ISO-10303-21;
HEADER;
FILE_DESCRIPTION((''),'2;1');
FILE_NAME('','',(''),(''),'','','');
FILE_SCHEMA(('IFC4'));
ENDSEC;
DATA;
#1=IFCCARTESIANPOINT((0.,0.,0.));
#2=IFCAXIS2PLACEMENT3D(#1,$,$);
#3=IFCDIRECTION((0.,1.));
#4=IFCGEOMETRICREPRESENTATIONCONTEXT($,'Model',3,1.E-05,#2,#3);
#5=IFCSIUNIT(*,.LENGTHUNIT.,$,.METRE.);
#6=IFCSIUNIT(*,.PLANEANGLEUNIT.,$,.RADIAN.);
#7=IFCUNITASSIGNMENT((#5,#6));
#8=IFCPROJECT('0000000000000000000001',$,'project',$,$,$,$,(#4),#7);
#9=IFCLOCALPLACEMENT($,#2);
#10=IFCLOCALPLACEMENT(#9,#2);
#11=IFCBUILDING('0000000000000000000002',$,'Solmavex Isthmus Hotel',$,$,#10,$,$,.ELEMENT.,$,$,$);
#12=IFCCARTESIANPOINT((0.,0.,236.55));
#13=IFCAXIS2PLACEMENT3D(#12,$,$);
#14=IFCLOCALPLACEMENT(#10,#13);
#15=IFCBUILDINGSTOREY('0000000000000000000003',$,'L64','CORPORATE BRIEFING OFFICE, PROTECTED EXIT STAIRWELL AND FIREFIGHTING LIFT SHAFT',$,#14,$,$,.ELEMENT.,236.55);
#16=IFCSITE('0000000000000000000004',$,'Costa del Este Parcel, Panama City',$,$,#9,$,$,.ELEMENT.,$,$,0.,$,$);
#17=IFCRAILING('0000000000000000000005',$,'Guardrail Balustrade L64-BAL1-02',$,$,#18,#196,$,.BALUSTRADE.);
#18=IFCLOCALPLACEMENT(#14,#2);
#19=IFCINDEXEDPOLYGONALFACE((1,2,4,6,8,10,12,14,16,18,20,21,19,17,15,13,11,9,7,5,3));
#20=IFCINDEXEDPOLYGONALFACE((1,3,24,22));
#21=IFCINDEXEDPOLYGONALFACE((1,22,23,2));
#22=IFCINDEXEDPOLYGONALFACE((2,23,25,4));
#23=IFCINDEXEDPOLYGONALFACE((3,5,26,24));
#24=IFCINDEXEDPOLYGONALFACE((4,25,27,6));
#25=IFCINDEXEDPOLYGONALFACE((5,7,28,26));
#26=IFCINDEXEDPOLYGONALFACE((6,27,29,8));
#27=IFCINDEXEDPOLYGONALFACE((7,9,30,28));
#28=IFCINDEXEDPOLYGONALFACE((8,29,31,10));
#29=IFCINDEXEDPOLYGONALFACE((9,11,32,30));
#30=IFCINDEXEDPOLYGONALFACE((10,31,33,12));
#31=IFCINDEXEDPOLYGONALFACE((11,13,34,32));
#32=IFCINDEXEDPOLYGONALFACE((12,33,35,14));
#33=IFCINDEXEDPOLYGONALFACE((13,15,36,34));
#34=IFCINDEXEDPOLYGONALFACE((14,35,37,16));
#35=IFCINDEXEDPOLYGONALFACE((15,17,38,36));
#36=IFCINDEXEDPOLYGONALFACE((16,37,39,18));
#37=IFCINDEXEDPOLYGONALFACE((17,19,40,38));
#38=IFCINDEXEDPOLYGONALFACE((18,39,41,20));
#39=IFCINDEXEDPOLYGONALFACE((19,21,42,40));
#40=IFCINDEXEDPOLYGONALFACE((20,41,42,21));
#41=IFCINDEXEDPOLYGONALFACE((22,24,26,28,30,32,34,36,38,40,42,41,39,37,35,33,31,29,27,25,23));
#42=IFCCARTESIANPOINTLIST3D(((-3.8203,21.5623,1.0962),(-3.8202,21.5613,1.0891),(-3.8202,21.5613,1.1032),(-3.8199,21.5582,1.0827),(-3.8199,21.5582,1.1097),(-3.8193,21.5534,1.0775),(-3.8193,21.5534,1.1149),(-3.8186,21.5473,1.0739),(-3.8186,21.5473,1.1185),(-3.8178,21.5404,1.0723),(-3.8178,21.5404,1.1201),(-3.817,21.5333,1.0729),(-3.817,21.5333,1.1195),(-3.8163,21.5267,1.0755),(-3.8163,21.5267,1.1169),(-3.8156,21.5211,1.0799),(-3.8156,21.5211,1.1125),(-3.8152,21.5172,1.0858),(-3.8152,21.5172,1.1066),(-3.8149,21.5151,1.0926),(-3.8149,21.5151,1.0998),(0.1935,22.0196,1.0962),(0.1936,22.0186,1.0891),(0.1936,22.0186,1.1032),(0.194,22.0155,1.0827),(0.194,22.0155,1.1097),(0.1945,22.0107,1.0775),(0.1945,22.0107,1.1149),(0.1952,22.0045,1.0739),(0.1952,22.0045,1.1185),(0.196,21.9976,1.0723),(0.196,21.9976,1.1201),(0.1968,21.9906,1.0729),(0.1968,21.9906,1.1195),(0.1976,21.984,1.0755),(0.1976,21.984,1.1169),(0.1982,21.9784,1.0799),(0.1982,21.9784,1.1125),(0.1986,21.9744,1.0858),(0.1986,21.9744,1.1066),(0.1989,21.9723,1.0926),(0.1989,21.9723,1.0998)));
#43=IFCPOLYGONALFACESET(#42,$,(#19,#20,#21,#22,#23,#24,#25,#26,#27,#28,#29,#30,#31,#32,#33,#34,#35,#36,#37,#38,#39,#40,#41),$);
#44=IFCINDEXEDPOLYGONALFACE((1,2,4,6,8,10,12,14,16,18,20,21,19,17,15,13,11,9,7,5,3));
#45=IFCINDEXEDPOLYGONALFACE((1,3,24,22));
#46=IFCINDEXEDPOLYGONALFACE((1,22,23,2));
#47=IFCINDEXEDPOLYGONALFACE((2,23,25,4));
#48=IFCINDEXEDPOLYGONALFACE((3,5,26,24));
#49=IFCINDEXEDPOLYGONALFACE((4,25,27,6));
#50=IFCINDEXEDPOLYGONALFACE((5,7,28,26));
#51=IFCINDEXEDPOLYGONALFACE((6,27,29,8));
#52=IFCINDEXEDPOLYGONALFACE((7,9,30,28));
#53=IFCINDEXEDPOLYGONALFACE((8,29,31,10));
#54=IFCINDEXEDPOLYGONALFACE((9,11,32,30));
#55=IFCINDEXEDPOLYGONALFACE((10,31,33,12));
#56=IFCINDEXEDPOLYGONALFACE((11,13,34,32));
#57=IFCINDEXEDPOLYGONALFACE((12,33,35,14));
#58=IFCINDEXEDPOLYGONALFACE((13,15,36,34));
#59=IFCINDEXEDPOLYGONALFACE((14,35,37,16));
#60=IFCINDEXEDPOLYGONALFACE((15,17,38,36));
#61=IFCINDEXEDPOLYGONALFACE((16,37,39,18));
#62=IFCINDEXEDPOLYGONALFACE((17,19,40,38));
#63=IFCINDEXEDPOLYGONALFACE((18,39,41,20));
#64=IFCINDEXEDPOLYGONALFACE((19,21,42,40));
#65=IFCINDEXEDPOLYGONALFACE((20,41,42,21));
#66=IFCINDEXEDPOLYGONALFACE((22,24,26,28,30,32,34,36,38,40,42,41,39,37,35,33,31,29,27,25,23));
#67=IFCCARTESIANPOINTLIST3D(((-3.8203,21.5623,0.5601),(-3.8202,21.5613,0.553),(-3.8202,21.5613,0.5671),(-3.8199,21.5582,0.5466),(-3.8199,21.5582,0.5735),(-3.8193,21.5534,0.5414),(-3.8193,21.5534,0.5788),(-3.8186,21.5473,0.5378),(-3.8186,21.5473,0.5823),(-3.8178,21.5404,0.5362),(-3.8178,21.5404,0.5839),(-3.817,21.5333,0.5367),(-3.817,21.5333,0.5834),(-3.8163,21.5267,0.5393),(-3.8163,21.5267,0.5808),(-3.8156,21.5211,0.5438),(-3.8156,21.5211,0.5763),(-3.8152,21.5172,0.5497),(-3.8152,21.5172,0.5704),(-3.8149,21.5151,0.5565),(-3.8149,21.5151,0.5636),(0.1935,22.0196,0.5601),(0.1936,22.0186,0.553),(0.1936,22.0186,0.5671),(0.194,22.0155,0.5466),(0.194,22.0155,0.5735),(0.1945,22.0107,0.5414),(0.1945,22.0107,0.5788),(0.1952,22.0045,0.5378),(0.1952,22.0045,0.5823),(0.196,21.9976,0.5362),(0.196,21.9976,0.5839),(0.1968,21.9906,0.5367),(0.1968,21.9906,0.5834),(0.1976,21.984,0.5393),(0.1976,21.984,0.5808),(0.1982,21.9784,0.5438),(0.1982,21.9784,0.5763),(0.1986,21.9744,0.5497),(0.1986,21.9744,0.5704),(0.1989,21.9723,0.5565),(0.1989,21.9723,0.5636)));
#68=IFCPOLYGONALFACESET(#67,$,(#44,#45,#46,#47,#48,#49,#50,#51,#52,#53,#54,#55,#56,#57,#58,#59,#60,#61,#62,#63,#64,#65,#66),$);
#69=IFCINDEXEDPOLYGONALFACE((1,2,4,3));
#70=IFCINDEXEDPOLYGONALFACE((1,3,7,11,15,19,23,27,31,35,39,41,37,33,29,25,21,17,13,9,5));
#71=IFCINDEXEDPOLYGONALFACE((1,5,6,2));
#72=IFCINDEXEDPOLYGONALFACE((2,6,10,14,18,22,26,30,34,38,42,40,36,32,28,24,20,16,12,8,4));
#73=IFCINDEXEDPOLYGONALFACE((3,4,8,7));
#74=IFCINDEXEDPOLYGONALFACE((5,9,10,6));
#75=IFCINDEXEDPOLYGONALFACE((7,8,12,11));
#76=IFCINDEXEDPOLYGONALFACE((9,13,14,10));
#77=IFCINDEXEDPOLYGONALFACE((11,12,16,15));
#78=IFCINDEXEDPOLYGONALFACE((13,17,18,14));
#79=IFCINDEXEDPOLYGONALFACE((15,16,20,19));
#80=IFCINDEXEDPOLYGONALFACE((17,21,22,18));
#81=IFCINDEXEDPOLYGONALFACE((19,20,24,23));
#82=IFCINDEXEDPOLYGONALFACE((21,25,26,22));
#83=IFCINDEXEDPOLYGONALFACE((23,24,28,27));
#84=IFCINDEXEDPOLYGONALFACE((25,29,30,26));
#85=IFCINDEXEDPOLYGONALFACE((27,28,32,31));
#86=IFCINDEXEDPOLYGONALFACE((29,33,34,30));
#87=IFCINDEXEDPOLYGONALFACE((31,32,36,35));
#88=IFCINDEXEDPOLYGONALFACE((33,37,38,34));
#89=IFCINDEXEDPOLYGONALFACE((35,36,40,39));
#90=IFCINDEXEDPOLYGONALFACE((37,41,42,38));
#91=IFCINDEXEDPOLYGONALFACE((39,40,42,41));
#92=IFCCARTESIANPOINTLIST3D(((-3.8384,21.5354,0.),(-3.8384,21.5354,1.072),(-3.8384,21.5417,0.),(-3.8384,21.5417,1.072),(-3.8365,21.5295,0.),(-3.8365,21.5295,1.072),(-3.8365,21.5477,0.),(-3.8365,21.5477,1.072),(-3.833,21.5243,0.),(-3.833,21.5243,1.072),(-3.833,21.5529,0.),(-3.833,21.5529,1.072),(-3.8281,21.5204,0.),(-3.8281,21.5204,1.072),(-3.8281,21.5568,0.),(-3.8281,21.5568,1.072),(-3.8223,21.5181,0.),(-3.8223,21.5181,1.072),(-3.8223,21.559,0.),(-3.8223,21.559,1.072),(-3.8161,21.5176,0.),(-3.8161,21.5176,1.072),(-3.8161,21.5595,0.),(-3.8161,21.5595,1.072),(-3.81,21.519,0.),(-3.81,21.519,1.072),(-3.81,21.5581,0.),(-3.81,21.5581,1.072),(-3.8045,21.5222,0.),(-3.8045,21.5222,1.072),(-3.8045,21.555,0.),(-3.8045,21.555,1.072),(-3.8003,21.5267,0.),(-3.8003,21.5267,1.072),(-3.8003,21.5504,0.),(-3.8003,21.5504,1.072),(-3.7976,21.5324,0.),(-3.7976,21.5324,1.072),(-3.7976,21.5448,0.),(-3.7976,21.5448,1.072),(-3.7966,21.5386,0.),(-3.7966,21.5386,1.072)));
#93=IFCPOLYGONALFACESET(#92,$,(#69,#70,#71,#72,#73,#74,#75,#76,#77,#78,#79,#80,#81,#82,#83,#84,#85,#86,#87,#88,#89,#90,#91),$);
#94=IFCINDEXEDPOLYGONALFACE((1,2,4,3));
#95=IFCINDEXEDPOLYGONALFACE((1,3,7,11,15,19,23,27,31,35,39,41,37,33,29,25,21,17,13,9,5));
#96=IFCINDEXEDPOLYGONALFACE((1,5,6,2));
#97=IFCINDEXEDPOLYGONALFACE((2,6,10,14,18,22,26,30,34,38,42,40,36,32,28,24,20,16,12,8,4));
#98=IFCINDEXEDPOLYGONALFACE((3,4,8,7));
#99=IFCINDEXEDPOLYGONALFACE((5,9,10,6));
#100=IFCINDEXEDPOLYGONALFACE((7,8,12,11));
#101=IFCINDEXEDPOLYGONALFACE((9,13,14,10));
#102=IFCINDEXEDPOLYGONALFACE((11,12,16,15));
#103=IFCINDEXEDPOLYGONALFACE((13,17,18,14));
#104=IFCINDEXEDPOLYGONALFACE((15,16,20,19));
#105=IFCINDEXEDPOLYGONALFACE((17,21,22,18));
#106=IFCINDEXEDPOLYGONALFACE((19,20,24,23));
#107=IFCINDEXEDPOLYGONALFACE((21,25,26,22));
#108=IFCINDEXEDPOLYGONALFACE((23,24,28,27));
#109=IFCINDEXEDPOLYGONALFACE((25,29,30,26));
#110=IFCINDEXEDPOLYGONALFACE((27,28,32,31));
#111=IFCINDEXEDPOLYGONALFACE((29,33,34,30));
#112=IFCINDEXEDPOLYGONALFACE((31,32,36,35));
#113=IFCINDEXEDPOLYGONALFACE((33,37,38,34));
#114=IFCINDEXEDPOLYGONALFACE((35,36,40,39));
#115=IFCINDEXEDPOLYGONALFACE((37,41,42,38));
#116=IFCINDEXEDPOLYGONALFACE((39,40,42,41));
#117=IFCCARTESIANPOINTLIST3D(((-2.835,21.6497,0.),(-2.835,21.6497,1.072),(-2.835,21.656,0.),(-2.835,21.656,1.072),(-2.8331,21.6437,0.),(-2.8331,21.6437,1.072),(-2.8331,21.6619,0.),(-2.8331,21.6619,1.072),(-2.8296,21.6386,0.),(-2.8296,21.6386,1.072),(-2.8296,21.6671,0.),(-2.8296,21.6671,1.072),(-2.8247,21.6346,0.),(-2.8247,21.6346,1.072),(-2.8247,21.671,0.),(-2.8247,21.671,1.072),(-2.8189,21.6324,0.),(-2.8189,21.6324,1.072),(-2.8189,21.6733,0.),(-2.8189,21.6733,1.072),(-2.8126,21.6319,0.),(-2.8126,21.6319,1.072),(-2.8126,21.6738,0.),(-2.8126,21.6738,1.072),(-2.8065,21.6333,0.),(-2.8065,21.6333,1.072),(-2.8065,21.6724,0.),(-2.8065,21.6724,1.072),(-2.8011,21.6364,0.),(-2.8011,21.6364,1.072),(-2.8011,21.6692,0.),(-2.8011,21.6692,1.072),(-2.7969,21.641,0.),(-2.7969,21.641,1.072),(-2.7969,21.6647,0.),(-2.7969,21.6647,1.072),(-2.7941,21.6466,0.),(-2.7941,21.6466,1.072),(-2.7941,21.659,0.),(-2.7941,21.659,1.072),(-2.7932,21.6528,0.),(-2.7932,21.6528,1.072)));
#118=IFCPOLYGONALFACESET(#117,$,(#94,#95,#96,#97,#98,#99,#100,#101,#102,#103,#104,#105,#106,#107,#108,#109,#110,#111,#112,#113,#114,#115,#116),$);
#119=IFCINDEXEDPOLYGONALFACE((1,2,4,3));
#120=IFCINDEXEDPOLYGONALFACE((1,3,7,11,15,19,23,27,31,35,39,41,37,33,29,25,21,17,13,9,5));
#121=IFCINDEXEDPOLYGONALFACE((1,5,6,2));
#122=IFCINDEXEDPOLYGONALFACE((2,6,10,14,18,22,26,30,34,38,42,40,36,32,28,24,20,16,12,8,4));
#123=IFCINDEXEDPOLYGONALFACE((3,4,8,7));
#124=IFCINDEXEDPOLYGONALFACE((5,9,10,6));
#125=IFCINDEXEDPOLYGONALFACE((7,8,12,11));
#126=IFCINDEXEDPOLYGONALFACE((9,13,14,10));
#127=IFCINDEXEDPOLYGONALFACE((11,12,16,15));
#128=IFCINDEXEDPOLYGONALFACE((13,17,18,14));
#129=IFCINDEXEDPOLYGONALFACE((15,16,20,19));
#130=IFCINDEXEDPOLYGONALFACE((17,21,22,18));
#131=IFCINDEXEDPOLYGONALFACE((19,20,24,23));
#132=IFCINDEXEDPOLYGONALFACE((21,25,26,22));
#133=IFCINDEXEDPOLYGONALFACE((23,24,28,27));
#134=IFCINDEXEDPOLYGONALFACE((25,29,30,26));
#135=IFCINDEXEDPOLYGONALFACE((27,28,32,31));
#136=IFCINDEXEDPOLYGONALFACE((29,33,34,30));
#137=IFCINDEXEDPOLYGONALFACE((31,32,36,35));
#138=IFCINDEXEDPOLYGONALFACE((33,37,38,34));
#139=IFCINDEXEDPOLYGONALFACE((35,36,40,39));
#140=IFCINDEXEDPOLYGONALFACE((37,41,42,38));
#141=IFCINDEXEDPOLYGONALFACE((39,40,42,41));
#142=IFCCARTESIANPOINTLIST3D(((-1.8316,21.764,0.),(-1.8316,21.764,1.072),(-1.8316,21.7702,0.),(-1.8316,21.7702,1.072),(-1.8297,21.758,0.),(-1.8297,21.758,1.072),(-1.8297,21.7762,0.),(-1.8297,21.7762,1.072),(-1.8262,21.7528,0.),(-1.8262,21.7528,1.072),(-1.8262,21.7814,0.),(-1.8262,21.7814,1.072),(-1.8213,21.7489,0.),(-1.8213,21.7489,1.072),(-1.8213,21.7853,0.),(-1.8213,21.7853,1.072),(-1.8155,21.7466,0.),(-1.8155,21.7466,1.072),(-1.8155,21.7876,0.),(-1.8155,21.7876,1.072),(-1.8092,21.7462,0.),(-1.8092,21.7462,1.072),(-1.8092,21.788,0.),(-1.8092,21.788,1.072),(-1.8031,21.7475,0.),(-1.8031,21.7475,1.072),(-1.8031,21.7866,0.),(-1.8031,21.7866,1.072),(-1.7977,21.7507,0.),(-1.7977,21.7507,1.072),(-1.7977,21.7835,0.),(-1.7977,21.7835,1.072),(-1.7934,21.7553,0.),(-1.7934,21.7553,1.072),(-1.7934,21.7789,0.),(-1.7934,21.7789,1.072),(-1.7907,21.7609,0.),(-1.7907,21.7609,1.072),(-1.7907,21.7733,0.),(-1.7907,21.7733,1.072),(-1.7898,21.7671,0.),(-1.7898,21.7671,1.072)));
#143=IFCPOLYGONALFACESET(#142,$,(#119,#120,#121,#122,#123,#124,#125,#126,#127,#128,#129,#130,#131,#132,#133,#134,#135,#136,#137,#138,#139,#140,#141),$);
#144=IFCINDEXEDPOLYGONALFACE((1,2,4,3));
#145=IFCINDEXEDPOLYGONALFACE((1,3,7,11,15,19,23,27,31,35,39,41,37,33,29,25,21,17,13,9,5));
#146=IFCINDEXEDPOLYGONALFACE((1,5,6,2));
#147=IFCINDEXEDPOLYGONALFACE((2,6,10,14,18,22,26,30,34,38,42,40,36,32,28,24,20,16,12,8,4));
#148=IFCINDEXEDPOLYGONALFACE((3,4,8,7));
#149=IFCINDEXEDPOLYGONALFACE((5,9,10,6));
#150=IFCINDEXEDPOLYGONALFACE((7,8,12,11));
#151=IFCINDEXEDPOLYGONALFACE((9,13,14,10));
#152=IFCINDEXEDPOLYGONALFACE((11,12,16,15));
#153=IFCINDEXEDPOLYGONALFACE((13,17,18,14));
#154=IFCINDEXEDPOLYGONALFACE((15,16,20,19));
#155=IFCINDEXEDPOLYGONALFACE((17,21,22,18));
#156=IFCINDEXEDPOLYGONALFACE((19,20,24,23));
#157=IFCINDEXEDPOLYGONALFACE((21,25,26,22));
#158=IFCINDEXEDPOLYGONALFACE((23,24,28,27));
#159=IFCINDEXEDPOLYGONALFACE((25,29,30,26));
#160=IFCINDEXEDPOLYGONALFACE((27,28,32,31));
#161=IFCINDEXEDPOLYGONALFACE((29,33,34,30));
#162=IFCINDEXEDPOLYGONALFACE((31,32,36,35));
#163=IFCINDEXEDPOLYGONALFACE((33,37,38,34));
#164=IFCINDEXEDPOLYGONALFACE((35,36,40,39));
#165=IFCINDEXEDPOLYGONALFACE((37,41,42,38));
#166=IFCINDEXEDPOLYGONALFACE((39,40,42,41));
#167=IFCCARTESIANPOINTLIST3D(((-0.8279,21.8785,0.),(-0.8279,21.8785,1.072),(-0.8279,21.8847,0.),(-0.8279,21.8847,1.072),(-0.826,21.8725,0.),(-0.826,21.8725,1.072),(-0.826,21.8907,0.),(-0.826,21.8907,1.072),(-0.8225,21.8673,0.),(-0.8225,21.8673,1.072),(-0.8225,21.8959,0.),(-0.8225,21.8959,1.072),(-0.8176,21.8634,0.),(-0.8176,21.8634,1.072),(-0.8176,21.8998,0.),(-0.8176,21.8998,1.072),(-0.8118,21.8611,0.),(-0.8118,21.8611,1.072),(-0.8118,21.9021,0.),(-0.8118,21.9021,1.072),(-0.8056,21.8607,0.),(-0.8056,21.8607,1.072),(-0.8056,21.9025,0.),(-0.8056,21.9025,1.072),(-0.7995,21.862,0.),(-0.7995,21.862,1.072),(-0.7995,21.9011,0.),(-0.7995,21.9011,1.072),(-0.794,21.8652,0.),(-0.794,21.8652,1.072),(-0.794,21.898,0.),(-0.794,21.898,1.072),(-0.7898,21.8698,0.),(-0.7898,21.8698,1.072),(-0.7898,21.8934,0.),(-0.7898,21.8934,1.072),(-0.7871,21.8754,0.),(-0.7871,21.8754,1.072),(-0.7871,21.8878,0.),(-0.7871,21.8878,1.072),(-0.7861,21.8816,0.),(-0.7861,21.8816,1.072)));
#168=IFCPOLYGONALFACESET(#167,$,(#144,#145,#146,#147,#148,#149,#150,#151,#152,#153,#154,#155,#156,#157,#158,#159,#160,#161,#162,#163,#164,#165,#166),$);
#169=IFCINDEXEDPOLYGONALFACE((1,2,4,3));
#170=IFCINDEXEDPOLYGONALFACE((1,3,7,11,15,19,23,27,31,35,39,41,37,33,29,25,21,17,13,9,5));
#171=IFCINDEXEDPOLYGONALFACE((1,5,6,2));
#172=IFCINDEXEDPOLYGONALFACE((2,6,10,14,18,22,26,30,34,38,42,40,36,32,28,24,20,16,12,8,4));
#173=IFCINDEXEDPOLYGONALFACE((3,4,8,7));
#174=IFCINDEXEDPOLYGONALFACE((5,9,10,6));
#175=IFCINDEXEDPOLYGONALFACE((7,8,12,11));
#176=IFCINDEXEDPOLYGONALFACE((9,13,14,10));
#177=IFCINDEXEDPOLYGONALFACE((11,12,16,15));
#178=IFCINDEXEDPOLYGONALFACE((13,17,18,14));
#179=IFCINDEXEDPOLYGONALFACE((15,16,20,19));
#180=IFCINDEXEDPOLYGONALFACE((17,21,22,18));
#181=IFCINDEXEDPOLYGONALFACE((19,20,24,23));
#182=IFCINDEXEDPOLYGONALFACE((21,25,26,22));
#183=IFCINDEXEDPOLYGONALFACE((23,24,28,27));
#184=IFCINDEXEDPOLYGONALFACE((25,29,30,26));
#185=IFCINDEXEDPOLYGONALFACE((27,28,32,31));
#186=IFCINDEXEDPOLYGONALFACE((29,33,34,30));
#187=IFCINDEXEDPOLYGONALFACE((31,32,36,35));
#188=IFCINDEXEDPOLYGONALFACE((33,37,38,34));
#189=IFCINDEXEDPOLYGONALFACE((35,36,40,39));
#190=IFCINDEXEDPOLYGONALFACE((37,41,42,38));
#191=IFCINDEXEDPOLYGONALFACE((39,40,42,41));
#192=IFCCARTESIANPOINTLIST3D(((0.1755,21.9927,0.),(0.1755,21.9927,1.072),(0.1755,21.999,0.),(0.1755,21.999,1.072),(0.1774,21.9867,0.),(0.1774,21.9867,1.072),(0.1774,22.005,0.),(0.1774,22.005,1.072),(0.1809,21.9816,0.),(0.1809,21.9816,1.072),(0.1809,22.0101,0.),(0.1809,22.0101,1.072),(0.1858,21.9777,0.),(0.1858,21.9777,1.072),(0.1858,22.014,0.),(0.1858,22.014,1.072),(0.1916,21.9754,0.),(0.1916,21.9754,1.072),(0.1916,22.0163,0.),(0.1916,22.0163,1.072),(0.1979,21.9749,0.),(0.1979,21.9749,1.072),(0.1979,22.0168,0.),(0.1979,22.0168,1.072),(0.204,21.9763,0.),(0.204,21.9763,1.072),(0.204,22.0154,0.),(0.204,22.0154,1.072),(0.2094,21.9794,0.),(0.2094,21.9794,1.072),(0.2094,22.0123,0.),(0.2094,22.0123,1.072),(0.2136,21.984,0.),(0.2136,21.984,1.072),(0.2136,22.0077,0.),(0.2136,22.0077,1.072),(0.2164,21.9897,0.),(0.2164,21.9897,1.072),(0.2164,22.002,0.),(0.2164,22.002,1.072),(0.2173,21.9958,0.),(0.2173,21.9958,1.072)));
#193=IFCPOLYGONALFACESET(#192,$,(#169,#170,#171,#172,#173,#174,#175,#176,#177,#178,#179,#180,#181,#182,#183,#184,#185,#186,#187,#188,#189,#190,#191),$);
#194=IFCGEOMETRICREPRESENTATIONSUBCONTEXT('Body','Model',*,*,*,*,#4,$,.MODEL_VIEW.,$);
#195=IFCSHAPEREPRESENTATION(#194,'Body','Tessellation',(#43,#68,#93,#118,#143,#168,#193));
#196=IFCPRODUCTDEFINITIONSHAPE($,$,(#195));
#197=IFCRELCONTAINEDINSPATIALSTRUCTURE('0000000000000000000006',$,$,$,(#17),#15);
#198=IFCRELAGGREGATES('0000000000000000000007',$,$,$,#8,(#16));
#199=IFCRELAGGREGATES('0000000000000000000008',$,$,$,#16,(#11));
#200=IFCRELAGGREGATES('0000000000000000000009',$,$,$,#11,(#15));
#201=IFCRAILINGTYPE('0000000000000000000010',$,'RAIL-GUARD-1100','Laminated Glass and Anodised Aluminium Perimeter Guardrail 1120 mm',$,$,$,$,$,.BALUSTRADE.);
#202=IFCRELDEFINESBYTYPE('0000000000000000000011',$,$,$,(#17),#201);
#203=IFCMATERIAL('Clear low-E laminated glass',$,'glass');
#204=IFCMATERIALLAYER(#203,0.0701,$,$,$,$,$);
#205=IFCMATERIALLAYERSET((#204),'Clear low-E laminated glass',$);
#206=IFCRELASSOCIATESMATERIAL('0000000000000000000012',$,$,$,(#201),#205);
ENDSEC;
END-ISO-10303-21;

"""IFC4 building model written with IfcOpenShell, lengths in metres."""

from ifc_helpers import new_model, si_unit, direction, frame, origin, origin_2d, place, context, subcontext, project, spatial, circle, extrude, material, layer, layer_set, type_object, element, save


model = new_model("IFC4")

# Units and contexts
model_context = context("Model", 3, precision=1e-05, world=origin(), true_north=direction((0.0, 1.0)))
body_context = subcontext(model_context, "Body", "Model", "MODEL_VIEW")
ifc_project = project(units=[si_unit("LENGTHUNIT", "METRE"), si_unit("PLANEANGLEUNIT", "RADIAN")], contexts=[model_context])

# Site, building, storey
site_placement = place(None, origin())
site = spatial("IfcSite", under=ifc_project, at=site_placement, Name="Costa del Este Parcel, Panama City", CompositionType="ELEMENT", RefElevation=0.0)
building_placement = place(site_placement, origin())
building = spatial("IfcBuilding", under=site, at=building_placement, Name="Solmavex Isthmus Hotel", CompositionType="ELEMENT")
storey_placement = place(building_placement, frame((0.0, 0.0, 236.55)))
storey = spatial("IfcBuildingStorey", under=building, at=storey_placement, Name="L64", Description="CORPORATE BRIEFING OFFICE, PROTECTED EXIT STAIRWELL AND FIREFIGHTING LIFT SHAFT", CompositionType="ELEMENT", Elevation=236.55)

# Shared definitions
ifc_material_1 = material(Name="Clear low-E laminated glass", Category="glass")

# Railing
ifc_layer_1 = layer(ifc_material_1, 0.0701)
ifc_layer_set_1 = layer_set([ifc_layer_1], Name="Clear low-E laminated glass")
railing_type = type_object("IfcRailingType", Name="RAIL-GUARD-1100", Description="Laminated Glass and Anodised Aluminium Perimeter Guardrail 1120 mm", PredefinedType="BALUSTRADE", material=ifc_layer_set_1)
railing_1_placement = place(storey_placement, frame((-3.8176, 21.5386, 0.0)))
element("IfcRailing", 1, at=railing_1_placement, inside=storey, type_object=railing_type, Name="Guardrail Balustrade L64-BAL1-02", PredefinedType="BALUSTRADE", context=body_context, shape_type="SweptSolid", body=[
    extrude(circle(Radius=0.0239, at=origin_2d()), frame((0.0, 0.0, 1.0962), z_axis=(0.993573, 0.11319, 0.0), x_axis=(-0.11319, 0.993573, 0.0)), (0.0, 0.0, 1.0), 4.0398),
    extrude(circle(Radius=0.0239, at=origin_2d()), frame((0.0, 0.0, 0.5601), z_axis=(0.993573, 0.11319, 0.0), x_axis=(-0.11319, 0.993573, 0.0)), (0.0, 0.0, 1.0), 4.0398),
    extrude(circle(Radius=0.021, at=origin_2d()), origin(), (0.0, 0.0, 1.0), 1.072),
    extrude(circle(Radius=0.021, at=origin_2d()), frame((1.0034, 0.1143, 0.0)), (0.0, 0.0, 1.0), 1.072),
    extrude(circle(Radius=0.021, at=origin_2d()), frame((2.0068, 0.2285, 0.0)), (0.0, 0.0, 1.0), 1.072),
    extrude(circle(Radius=0.021, at=origin_2d()), frame((3.0105, 0.343, 0.0)), (0.0, 0.0, 1.0), 1.072),
    extrude(circle(Radius=0.021, at=origin_2d()), frame((4.0139, 0.4573, 0.0)), (0.0, 0.0, 1.0), 1.072),
])

save(model, "model.ifc")
